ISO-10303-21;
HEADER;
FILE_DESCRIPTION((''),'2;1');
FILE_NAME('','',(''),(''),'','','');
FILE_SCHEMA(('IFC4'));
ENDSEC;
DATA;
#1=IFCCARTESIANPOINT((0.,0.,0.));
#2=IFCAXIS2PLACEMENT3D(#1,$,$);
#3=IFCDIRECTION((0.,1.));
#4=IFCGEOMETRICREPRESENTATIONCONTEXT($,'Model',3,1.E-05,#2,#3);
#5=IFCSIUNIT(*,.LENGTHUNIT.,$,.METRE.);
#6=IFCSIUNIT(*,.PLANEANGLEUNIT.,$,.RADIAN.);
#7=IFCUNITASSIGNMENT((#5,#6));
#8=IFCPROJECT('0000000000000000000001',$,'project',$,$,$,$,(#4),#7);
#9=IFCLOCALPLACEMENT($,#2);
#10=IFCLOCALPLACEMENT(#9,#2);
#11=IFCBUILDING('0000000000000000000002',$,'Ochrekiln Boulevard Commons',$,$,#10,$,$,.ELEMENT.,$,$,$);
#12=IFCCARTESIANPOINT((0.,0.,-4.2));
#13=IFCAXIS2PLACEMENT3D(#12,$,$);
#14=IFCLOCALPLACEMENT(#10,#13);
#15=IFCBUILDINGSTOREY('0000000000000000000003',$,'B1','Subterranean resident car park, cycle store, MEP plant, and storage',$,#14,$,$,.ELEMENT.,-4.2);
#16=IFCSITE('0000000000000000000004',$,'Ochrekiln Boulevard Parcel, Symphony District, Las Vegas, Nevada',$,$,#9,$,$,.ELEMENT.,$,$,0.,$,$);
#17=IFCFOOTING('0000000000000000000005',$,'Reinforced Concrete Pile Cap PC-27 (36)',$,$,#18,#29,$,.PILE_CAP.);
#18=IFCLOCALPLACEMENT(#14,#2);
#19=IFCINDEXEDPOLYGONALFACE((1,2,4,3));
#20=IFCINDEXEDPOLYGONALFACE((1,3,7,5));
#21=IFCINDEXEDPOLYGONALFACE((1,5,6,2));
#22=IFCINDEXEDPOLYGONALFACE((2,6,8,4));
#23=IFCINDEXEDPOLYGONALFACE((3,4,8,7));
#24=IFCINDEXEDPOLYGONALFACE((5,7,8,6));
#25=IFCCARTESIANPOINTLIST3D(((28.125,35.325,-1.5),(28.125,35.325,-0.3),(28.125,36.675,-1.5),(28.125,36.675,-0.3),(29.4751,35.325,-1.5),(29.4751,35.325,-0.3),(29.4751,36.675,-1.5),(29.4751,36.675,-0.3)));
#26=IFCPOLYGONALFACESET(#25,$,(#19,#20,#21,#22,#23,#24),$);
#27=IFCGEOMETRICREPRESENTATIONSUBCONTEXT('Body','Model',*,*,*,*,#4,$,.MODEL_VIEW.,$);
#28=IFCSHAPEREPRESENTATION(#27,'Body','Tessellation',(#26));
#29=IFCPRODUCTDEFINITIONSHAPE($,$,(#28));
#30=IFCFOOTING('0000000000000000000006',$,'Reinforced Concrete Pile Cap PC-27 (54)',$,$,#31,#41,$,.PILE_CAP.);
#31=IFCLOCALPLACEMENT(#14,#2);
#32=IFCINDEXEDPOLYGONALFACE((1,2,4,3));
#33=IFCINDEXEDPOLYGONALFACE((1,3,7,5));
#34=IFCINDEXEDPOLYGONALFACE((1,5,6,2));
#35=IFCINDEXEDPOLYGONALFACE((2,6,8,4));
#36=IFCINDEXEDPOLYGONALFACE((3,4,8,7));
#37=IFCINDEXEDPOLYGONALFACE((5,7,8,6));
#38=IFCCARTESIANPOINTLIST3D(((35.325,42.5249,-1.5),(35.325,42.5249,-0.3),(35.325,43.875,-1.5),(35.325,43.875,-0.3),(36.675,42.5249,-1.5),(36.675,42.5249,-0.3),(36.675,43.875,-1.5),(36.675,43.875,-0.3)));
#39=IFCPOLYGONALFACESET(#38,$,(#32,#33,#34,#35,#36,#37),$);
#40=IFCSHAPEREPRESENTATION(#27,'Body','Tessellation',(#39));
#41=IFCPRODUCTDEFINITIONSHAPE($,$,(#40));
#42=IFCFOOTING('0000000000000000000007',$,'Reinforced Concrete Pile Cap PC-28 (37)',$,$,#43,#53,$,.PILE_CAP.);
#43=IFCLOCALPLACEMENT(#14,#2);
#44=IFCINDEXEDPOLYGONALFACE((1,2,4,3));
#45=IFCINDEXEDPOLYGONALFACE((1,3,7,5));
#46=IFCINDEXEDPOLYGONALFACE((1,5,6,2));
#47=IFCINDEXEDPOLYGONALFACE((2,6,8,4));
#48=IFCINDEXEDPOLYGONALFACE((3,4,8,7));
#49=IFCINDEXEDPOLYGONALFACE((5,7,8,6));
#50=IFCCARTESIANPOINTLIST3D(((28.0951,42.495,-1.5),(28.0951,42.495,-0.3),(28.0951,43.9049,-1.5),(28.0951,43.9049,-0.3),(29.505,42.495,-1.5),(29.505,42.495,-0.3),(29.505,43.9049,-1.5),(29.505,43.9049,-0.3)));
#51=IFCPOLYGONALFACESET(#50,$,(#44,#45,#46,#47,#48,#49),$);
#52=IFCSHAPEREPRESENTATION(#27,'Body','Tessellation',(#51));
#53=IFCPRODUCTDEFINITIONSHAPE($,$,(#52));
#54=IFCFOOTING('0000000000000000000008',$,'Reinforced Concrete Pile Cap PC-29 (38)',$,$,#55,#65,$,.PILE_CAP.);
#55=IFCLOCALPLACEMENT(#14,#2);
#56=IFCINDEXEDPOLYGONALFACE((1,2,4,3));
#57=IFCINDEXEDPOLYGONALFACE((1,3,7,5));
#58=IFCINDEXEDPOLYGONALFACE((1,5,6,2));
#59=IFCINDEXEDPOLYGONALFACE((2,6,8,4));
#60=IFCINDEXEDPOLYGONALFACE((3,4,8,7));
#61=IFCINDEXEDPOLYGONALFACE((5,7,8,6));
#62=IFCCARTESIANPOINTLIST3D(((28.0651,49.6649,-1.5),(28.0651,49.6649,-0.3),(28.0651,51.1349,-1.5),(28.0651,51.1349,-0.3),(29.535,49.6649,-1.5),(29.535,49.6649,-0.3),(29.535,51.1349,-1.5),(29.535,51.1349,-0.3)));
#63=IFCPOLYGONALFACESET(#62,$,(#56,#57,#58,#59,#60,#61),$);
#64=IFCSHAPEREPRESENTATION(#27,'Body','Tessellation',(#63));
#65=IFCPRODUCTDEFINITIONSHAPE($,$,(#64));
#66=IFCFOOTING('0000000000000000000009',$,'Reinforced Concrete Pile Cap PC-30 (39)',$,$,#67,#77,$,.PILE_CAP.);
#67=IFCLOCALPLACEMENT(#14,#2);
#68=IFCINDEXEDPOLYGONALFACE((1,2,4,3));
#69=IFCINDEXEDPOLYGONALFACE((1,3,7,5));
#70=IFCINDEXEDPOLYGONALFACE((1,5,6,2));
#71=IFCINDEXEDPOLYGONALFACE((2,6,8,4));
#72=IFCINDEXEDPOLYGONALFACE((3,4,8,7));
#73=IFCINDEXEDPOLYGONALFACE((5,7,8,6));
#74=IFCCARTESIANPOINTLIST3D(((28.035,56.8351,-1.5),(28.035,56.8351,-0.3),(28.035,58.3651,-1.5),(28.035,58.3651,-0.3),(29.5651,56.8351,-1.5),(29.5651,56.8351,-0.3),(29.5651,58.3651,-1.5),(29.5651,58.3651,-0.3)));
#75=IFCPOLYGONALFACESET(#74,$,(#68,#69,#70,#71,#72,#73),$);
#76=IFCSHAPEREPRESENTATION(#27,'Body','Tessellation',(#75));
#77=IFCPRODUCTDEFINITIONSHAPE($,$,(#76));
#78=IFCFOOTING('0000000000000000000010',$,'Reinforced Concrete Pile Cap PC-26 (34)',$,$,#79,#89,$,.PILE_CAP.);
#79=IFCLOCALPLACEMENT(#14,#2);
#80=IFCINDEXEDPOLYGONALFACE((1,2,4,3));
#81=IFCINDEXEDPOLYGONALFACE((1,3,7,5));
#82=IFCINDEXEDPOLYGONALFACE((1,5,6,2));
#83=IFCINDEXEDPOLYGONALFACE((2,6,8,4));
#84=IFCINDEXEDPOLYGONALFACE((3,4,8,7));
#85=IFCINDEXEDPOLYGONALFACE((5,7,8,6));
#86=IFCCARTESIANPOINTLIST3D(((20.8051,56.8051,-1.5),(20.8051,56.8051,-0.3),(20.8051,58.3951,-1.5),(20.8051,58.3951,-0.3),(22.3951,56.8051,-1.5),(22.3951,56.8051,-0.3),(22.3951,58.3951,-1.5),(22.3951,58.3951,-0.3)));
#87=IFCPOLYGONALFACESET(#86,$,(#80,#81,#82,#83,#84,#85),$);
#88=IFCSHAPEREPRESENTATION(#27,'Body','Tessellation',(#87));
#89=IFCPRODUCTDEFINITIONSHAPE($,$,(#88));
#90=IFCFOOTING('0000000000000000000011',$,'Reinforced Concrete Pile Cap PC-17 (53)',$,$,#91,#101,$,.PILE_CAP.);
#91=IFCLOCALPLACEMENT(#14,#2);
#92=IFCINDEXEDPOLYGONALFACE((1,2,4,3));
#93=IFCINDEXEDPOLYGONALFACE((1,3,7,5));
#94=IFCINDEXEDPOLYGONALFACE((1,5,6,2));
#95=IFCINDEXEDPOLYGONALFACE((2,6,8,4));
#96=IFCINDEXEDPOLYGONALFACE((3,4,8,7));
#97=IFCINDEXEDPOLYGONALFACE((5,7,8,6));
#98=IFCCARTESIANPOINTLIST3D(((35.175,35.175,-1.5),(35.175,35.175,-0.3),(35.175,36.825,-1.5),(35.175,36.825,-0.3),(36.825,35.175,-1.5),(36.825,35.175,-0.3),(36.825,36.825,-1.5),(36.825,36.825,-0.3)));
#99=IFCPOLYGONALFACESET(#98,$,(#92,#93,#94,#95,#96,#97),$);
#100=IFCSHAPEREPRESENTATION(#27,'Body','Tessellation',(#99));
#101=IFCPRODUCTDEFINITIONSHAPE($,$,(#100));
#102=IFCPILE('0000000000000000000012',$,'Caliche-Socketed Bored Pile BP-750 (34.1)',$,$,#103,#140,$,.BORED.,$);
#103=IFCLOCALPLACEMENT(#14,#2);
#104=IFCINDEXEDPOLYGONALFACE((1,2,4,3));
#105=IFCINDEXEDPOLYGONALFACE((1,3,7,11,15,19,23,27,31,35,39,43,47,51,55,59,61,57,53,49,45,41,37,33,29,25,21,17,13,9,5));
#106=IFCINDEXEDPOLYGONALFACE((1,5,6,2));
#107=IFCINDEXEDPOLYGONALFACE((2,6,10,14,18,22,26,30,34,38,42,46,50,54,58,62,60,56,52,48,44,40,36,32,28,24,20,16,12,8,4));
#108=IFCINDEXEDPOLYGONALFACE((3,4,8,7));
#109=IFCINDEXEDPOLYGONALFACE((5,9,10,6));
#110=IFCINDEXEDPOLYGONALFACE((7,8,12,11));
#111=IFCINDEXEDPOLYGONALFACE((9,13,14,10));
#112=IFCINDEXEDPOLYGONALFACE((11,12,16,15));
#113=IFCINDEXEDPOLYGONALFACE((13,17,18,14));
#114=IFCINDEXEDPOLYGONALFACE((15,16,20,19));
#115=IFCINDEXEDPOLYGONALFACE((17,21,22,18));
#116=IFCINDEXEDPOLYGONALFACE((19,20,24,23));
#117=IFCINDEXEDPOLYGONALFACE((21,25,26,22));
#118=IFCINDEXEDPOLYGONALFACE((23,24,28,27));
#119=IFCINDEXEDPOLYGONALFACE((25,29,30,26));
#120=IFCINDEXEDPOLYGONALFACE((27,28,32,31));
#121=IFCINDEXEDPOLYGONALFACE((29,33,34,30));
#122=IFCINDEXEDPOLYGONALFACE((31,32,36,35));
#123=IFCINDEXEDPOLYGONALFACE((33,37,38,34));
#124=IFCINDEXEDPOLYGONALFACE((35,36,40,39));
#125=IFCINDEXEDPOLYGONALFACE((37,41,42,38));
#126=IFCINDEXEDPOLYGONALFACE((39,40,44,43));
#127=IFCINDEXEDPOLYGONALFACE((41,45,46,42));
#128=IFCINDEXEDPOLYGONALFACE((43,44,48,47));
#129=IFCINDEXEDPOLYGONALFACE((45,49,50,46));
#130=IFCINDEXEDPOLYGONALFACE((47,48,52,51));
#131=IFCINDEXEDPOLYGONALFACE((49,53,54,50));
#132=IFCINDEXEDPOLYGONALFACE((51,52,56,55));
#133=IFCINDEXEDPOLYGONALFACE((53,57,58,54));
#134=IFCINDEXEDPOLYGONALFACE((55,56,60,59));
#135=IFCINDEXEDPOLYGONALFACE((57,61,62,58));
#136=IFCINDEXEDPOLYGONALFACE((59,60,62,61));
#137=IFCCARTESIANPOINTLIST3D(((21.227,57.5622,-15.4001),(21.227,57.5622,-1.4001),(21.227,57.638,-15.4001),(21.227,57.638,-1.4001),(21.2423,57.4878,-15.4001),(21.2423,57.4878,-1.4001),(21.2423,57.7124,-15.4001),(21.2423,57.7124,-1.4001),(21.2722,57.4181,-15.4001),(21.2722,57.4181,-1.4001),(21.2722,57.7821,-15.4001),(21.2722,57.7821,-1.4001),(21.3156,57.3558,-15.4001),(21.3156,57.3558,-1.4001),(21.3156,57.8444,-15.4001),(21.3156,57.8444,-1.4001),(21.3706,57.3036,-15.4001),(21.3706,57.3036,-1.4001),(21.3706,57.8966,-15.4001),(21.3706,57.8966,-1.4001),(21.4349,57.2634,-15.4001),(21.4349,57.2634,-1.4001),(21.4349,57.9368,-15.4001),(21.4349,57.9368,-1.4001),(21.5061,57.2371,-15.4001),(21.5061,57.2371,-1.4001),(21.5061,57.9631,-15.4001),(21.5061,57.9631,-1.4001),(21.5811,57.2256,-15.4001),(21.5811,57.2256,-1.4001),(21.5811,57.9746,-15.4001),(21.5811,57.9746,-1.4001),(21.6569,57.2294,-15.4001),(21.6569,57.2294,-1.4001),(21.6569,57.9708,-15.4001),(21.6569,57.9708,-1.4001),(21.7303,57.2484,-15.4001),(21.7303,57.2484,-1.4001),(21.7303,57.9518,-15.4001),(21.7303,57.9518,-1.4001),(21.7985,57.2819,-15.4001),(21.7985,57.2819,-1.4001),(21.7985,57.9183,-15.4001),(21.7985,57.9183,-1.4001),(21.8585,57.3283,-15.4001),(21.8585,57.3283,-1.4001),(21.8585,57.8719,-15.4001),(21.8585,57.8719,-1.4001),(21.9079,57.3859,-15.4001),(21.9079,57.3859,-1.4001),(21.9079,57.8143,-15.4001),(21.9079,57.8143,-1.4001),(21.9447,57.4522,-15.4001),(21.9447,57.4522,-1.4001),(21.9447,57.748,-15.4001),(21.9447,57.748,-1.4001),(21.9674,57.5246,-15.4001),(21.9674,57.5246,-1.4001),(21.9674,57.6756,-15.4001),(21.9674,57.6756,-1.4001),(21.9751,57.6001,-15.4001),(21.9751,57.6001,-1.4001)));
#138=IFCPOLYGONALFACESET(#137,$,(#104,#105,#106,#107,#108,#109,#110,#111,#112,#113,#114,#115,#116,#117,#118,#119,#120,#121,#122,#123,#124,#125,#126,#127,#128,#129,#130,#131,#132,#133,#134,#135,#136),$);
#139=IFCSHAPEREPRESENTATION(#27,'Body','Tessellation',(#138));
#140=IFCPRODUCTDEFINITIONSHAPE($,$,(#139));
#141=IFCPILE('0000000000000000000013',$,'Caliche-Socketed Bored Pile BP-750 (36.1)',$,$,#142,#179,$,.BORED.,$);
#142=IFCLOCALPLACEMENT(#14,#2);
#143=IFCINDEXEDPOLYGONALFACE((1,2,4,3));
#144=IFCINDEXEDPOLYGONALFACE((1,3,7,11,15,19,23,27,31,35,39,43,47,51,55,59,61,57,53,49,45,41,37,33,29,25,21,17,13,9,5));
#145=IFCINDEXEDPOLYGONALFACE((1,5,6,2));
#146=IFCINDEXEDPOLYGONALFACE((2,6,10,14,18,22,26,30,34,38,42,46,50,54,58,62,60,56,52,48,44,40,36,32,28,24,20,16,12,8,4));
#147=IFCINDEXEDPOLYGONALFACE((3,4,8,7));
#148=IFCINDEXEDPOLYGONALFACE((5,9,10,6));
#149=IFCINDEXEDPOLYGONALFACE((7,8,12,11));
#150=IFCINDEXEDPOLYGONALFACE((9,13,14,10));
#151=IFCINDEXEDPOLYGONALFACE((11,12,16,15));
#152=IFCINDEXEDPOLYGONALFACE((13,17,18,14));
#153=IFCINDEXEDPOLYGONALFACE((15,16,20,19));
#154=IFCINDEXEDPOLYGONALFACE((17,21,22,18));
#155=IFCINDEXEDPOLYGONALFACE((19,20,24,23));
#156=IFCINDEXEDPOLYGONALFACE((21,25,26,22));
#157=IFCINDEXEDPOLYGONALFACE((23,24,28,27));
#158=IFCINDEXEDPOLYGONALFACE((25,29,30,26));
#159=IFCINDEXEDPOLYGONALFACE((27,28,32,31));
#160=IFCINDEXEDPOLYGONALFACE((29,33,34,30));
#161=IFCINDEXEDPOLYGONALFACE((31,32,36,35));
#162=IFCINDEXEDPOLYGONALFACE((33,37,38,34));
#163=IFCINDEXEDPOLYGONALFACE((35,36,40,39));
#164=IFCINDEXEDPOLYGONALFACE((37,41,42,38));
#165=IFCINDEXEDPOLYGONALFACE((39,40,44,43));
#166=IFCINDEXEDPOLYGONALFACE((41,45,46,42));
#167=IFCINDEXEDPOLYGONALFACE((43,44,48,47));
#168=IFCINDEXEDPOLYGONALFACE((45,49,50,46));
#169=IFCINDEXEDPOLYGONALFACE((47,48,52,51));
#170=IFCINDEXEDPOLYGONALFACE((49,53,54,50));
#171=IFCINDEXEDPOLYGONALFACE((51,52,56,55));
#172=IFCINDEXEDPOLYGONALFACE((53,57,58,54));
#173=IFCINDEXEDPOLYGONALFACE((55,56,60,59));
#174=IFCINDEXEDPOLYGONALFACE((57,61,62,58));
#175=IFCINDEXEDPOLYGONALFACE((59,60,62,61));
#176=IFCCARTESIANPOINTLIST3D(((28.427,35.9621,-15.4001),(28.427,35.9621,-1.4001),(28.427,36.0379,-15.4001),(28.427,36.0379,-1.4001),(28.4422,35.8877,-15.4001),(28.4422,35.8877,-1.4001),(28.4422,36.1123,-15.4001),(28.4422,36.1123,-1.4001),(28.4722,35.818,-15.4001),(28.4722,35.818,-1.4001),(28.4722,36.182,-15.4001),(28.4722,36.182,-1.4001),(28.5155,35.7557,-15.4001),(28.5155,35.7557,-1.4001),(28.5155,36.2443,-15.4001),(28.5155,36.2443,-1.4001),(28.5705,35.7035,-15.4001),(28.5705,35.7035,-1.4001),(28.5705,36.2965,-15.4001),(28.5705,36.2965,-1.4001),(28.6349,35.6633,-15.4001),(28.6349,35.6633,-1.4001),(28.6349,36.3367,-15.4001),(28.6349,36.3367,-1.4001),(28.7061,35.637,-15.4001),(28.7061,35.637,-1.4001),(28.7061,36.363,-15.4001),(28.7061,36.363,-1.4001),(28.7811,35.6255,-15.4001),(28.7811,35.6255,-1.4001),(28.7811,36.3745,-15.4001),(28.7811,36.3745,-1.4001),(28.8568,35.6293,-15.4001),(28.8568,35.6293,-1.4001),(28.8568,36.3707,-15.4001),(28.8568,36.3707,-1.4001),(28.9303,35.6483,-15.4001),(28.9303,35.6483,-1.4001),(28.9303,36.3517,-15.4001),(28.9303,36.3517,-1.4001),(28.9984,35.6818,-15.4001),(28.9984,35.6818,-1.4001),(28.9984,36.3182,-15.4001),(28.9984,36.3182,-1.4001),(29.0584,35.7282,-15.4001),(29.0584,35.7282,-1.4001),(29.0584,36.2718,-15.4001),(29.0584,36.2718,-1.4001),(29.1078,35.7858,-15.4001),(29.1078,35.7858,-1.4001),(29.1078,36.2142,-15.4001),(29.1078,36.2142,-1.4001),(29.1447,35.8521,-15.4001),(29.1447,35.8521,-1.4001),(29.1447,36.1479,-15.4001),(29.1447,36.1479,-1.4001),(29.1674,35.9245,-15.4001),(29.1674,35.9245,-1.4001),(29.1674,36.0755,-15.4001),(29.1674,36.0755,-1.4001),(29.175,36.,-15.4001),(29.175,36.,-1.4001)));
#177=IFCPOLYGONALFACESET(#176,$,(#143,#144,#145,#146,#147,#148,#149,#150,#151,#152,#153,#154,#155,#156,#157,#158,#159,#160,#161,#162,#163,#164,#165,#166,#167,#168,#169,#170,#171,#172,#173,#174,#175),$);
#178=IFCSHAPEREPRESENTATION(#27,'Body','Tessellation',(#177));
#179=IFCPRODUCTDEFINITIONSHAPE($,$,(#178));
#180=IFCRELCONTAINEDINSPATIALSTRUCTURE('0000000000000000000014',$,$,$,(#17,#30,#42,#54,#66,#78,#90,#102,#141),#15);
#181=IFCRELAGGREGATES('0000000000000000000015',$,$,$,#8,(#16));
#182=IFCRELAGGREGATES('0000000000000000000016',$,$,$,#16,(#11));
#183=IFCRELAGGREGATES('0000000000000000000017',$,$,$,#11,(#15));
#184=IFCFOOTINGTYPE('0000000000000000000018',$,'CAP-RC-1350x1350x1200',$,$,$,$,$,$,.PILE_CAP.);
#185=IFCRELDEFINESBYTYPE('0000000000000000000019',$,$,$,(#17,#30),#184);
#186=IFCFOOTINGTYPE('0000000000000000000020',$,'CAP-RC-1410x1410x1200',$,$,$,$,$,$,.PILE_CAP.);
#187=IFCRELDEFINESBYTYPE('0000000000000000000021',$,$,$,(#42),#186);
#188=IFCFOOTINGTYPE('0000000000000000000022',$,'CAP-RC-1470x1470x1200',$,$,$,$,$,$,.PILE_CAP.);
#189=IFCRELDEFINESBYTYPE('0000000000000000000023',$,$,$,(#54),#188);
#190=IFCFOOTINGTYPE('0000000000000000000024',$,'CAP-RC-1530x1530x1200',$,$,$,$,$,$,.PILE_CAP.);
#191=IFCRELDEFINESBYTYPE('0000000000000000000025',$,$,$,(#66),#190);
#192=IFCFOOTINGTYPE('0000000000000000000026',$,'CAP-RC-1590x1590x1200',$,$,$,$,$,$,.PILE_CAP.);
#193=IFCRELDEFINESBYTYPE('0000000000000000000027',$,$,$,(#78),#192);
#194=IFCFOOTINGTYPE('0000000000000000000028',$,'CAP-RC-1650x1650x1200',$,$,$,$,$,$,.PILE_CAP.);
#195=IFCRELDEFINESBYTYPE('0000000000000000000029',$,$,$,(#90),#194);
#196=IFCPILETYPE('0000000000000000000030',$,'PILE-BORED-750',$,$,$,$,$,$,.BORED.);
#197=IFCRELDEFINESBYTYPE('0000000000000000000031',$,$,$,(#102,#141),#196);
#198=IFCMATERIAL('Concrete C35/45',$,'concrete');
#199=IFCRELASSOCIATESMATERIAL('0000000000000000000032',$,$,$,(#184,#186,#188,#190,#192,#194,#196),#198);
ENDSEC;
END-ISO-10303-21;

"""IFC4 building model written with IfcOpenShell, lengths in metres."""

from ifc_helpers import new_model, si_unit, direction, frame, origin, origin_2d, place, context, subcontext, project, spatial, rectangle, circle, extrude, material, material_profile, profile_set, type_object, element, save


model = new_model("IFC4")

# Units and contexts
model_context = context("Model", 3, precision=1e-05, world=origin(), true_north=direction((0.0, 1.0)))
body_context = subcontext(model_context, "Body", "Model", "MODEL_VIEW")
ifc_project = project(units=[si_unit("LENGTHUNIT", "METRE"), si_unit("PLANEANGLEUNIT", "RADIAN")], contexts=[model_context])

# Site, building, storey
site_placement = place(None, origin())
site = spatial("IfcSite", under=ifc_project, at=site_placement, Name="Ochrekiln Boulevard Parcel, Symphony District, Las Vegas, Nevada", CompositionType="ELEMENT", RefElevation=0.0)
building_placement = place(site_placement, origin())
building = spatial("IfcBuilding", under=site, at=building_placement, Name="Ochrekiln Boulevard Commons", CompositionType="ELEMENT")
storey_placement = place(building_placement, frame((0.0, 0.0, -4.2)))
storey = spatial("IfcBuildingStorey", under=building, at=storey_placement, Name="B1", Description="Subterranean resident car park, cycle store, MEP plant, and storage", CompositionType="ELEMENT", Elevation=-4.2)

# Footings
ifc_material_1 = material(Name="Concrete C35/45", Category="concrete")
footing_type_1 = type_object("IfcFootingType", Name="CAP-RC-1350x1350x1200", PredefinedType="PILE_CAP", material=ifc_material_1)
for number, where, z_axis, x_axis, name in (
    (1, (28.8, 36.0, -1.5), (0.0, 0.0, 1.0), (1.0, 0.0, 0.0), "Reinforced Concrete Pile Cap PC-27 (36)"),
    (2, (36.0, 43.2, -1.5), (0.0, 0.0, 1.0), (1.0, 0.0, 0.0), "Reinforced Concrete Pile Cap PC-27 (54)"),
):
    element("IfcFooting", number, at=place(storey_placement, frame(where, z_axis=z_axis, x_axis=x_axis)), inside=storey, type_object=footing_type_1, Name=name, PredefinedType="PILE_CAP", context=body_context, shape_type="SweptSolid", body=[
        extrude(rectangle(XDim=1.3501, YDim=1.3501, at=origin_2d()), origin(), (0.0, 0.0, 1.0), 1.2),
    ])
footing_type_2 = type_object("IfcFootingType", Name="CAP-RC-1410x1410x1200", PredefinedType="PILE_CAP", material=ifc_material_1)
footing_1_placement = place(storey_placement, frame((28.8, 43.2, -1.5), z_axis=(0.0, 0.0, 1.0), x_axis=(1.0, 0.0, 0.0)))
element("IfcFooting", 3, at=footing_1_placement, inside=storey, type_object=footing_type_2, Name="Reinforced Concrete Pile Cap PC-28 (37)", PredefinedType="PILE_CAP", context=body_context, shape_type="SweptSolid", body=[
    extrude(rectangle(XDim=1.4099, YDim=1.4099, at=origin_2d()), origin(), (0.0, 0.0, 1.0), 1.2),
])
footing_type_3 = type_object("IfcFootingType", Name="CAP-RC-1470x1470x1200", PredefinedType="PILE_CAP", material=ifc_material_1)
footing_2_placement = place(storey_placement, frame((28.8, 50.3999, -1.5), z_axis=(0.0, 0.0, 1.0), x_axis=(1.0, 0.0, 0.0)))
element("IfcFooting", 4, at=footing_2_placement, inside=storey, type_object=footing_type_3, Name="Reinforced Concrete Pile Cap PC-29 (38)", PredefinedType="PILE_CAP", context=body_context, shape_type="SweptSolid", body=[
    extrude(rectangle(XDim=1.47, YDim=1.47, at=origin_2d()), origin(), (0.0, 0.0, 1.0), 1.2),
])
footing_type_4 = type_object("IfcFootingType", Name="CAP-RC-1530x1530x1200", PredefinedType="PILE_CAP", material=ifc_material_1)
footing_3_placement = place(storey_placement, frame((28.8, 57.6001, -1.5), z_axis=(0.0, 0.0, 1.0), x_axis=(1.0, 0.0, 0.0)))
element("IfcFooting", 5, at=footing_3_placement, inside=storey, type_object=footing_type_4, Name="Reinforced Concrete Pile Cap PC-30 (39)", PredefinedType="PILE_CAP", context=body_context, shape_type="SweptSolid", body=[
    extrude(rectangle(XDim=1.53, YDim=1.53, at=origin_2d()), origin(), (0.0, 0.0, 1.0), 1.2),
])
footing_type_5 = type_object("IfcFootingType", Name="CAP-RC-1590x1590x1200", PredefinedType="PILE_CAP", material=ifc_material_1)
footing_4_placement = place(storey_placement, frame((21.6001, 57.6001, -1.5), z_axis=(0.0, 0.0, 1.0), x_axis=(1.0, 0.0, 0.0)))
element("IfcFooting", 6, at=footing_4_placement, inside=storey, type_object=footing_type_5, Name="Reinforced Concrete Pile Cap PC-26 (34)", PredefinedType="PILE_CAP", context=body_context, shape_type="SweptSolid", body=[
    extrude(rectangle(XDim=1.5901, YDim=1.5901, at=origin_2d()), origin(), (0.0, 0.0, 1.0), 1.2),
])
footing_type_6 = type_object("IfcFootingType", Name="CAP-RC-1650x1650x1200", PredefinedType="PILE_CAP", material=ifc_material_1)
footing_5_placement = place(storey_placement, frame((36.0, 36.0, -1.5), z_axis=(0.0, 0.0, 1.0), x_axis=(1.0, 0.0, 0.0)))
element("IfcFooting", 7, at=footing_5_placement, inside=storey, type_object=footing_type_6, Name="Reinforced Concrete Pile Cap PC-17 (53)", PredefinedType="PILE_CAP", context=body_context, shape_type="SweptSolid", body=[
    extrude(rectangle(XDim=1.6499, YDim=1.6499, at=origin_2d()), origin(), (0.0, 0.0, 1.0), 1.2),
])

# Piles
ifc_material_profile_1 = material_profile(ifc_material_1, circle(Radius=0.375, at=origin_2d()), Name="PILE-D750")
ifc_profile_set_1 = profile_set([ifc_material_profile_1], Name="Concrete C35/45")
pile_type_1 = type_object("IfcPileType", Name="PILE-BORED-750", PredefinedType="BORED", material=ifc_profile_set_1)
for number, where, z_axis, x_axis, name in (
    (8, (21.6001, 57.6001, -1.4001), (0.0, 0.0, -1.0), (1.0, 0.0, 0.0), "Caliche-Socketed Bored Pile BP-750 (34.1)"),
    (9, (28.8, 36.0, -1.4001), (0.0, 0.0, -1.0), (1.0, 0.0, 0.0), "Caliche-Socketed Bored Pile BP-750 (36.1)"),
):
    element("IfcPile", number, at=place(storey_placement, frame(where, z_axis=z_axis, x_axis=x_axis)), inside=storey, type_object=pile_type_1, Name=name, PredefinedType="BORED", context=body_context, shape_type="SweptSolid", body=[
        extrude(circle(Radius=0.375, at=origin_2d()), origin(), (0.0, 0.0, 1.0), 14.0),
    ])

save(model, "model.ifc")
